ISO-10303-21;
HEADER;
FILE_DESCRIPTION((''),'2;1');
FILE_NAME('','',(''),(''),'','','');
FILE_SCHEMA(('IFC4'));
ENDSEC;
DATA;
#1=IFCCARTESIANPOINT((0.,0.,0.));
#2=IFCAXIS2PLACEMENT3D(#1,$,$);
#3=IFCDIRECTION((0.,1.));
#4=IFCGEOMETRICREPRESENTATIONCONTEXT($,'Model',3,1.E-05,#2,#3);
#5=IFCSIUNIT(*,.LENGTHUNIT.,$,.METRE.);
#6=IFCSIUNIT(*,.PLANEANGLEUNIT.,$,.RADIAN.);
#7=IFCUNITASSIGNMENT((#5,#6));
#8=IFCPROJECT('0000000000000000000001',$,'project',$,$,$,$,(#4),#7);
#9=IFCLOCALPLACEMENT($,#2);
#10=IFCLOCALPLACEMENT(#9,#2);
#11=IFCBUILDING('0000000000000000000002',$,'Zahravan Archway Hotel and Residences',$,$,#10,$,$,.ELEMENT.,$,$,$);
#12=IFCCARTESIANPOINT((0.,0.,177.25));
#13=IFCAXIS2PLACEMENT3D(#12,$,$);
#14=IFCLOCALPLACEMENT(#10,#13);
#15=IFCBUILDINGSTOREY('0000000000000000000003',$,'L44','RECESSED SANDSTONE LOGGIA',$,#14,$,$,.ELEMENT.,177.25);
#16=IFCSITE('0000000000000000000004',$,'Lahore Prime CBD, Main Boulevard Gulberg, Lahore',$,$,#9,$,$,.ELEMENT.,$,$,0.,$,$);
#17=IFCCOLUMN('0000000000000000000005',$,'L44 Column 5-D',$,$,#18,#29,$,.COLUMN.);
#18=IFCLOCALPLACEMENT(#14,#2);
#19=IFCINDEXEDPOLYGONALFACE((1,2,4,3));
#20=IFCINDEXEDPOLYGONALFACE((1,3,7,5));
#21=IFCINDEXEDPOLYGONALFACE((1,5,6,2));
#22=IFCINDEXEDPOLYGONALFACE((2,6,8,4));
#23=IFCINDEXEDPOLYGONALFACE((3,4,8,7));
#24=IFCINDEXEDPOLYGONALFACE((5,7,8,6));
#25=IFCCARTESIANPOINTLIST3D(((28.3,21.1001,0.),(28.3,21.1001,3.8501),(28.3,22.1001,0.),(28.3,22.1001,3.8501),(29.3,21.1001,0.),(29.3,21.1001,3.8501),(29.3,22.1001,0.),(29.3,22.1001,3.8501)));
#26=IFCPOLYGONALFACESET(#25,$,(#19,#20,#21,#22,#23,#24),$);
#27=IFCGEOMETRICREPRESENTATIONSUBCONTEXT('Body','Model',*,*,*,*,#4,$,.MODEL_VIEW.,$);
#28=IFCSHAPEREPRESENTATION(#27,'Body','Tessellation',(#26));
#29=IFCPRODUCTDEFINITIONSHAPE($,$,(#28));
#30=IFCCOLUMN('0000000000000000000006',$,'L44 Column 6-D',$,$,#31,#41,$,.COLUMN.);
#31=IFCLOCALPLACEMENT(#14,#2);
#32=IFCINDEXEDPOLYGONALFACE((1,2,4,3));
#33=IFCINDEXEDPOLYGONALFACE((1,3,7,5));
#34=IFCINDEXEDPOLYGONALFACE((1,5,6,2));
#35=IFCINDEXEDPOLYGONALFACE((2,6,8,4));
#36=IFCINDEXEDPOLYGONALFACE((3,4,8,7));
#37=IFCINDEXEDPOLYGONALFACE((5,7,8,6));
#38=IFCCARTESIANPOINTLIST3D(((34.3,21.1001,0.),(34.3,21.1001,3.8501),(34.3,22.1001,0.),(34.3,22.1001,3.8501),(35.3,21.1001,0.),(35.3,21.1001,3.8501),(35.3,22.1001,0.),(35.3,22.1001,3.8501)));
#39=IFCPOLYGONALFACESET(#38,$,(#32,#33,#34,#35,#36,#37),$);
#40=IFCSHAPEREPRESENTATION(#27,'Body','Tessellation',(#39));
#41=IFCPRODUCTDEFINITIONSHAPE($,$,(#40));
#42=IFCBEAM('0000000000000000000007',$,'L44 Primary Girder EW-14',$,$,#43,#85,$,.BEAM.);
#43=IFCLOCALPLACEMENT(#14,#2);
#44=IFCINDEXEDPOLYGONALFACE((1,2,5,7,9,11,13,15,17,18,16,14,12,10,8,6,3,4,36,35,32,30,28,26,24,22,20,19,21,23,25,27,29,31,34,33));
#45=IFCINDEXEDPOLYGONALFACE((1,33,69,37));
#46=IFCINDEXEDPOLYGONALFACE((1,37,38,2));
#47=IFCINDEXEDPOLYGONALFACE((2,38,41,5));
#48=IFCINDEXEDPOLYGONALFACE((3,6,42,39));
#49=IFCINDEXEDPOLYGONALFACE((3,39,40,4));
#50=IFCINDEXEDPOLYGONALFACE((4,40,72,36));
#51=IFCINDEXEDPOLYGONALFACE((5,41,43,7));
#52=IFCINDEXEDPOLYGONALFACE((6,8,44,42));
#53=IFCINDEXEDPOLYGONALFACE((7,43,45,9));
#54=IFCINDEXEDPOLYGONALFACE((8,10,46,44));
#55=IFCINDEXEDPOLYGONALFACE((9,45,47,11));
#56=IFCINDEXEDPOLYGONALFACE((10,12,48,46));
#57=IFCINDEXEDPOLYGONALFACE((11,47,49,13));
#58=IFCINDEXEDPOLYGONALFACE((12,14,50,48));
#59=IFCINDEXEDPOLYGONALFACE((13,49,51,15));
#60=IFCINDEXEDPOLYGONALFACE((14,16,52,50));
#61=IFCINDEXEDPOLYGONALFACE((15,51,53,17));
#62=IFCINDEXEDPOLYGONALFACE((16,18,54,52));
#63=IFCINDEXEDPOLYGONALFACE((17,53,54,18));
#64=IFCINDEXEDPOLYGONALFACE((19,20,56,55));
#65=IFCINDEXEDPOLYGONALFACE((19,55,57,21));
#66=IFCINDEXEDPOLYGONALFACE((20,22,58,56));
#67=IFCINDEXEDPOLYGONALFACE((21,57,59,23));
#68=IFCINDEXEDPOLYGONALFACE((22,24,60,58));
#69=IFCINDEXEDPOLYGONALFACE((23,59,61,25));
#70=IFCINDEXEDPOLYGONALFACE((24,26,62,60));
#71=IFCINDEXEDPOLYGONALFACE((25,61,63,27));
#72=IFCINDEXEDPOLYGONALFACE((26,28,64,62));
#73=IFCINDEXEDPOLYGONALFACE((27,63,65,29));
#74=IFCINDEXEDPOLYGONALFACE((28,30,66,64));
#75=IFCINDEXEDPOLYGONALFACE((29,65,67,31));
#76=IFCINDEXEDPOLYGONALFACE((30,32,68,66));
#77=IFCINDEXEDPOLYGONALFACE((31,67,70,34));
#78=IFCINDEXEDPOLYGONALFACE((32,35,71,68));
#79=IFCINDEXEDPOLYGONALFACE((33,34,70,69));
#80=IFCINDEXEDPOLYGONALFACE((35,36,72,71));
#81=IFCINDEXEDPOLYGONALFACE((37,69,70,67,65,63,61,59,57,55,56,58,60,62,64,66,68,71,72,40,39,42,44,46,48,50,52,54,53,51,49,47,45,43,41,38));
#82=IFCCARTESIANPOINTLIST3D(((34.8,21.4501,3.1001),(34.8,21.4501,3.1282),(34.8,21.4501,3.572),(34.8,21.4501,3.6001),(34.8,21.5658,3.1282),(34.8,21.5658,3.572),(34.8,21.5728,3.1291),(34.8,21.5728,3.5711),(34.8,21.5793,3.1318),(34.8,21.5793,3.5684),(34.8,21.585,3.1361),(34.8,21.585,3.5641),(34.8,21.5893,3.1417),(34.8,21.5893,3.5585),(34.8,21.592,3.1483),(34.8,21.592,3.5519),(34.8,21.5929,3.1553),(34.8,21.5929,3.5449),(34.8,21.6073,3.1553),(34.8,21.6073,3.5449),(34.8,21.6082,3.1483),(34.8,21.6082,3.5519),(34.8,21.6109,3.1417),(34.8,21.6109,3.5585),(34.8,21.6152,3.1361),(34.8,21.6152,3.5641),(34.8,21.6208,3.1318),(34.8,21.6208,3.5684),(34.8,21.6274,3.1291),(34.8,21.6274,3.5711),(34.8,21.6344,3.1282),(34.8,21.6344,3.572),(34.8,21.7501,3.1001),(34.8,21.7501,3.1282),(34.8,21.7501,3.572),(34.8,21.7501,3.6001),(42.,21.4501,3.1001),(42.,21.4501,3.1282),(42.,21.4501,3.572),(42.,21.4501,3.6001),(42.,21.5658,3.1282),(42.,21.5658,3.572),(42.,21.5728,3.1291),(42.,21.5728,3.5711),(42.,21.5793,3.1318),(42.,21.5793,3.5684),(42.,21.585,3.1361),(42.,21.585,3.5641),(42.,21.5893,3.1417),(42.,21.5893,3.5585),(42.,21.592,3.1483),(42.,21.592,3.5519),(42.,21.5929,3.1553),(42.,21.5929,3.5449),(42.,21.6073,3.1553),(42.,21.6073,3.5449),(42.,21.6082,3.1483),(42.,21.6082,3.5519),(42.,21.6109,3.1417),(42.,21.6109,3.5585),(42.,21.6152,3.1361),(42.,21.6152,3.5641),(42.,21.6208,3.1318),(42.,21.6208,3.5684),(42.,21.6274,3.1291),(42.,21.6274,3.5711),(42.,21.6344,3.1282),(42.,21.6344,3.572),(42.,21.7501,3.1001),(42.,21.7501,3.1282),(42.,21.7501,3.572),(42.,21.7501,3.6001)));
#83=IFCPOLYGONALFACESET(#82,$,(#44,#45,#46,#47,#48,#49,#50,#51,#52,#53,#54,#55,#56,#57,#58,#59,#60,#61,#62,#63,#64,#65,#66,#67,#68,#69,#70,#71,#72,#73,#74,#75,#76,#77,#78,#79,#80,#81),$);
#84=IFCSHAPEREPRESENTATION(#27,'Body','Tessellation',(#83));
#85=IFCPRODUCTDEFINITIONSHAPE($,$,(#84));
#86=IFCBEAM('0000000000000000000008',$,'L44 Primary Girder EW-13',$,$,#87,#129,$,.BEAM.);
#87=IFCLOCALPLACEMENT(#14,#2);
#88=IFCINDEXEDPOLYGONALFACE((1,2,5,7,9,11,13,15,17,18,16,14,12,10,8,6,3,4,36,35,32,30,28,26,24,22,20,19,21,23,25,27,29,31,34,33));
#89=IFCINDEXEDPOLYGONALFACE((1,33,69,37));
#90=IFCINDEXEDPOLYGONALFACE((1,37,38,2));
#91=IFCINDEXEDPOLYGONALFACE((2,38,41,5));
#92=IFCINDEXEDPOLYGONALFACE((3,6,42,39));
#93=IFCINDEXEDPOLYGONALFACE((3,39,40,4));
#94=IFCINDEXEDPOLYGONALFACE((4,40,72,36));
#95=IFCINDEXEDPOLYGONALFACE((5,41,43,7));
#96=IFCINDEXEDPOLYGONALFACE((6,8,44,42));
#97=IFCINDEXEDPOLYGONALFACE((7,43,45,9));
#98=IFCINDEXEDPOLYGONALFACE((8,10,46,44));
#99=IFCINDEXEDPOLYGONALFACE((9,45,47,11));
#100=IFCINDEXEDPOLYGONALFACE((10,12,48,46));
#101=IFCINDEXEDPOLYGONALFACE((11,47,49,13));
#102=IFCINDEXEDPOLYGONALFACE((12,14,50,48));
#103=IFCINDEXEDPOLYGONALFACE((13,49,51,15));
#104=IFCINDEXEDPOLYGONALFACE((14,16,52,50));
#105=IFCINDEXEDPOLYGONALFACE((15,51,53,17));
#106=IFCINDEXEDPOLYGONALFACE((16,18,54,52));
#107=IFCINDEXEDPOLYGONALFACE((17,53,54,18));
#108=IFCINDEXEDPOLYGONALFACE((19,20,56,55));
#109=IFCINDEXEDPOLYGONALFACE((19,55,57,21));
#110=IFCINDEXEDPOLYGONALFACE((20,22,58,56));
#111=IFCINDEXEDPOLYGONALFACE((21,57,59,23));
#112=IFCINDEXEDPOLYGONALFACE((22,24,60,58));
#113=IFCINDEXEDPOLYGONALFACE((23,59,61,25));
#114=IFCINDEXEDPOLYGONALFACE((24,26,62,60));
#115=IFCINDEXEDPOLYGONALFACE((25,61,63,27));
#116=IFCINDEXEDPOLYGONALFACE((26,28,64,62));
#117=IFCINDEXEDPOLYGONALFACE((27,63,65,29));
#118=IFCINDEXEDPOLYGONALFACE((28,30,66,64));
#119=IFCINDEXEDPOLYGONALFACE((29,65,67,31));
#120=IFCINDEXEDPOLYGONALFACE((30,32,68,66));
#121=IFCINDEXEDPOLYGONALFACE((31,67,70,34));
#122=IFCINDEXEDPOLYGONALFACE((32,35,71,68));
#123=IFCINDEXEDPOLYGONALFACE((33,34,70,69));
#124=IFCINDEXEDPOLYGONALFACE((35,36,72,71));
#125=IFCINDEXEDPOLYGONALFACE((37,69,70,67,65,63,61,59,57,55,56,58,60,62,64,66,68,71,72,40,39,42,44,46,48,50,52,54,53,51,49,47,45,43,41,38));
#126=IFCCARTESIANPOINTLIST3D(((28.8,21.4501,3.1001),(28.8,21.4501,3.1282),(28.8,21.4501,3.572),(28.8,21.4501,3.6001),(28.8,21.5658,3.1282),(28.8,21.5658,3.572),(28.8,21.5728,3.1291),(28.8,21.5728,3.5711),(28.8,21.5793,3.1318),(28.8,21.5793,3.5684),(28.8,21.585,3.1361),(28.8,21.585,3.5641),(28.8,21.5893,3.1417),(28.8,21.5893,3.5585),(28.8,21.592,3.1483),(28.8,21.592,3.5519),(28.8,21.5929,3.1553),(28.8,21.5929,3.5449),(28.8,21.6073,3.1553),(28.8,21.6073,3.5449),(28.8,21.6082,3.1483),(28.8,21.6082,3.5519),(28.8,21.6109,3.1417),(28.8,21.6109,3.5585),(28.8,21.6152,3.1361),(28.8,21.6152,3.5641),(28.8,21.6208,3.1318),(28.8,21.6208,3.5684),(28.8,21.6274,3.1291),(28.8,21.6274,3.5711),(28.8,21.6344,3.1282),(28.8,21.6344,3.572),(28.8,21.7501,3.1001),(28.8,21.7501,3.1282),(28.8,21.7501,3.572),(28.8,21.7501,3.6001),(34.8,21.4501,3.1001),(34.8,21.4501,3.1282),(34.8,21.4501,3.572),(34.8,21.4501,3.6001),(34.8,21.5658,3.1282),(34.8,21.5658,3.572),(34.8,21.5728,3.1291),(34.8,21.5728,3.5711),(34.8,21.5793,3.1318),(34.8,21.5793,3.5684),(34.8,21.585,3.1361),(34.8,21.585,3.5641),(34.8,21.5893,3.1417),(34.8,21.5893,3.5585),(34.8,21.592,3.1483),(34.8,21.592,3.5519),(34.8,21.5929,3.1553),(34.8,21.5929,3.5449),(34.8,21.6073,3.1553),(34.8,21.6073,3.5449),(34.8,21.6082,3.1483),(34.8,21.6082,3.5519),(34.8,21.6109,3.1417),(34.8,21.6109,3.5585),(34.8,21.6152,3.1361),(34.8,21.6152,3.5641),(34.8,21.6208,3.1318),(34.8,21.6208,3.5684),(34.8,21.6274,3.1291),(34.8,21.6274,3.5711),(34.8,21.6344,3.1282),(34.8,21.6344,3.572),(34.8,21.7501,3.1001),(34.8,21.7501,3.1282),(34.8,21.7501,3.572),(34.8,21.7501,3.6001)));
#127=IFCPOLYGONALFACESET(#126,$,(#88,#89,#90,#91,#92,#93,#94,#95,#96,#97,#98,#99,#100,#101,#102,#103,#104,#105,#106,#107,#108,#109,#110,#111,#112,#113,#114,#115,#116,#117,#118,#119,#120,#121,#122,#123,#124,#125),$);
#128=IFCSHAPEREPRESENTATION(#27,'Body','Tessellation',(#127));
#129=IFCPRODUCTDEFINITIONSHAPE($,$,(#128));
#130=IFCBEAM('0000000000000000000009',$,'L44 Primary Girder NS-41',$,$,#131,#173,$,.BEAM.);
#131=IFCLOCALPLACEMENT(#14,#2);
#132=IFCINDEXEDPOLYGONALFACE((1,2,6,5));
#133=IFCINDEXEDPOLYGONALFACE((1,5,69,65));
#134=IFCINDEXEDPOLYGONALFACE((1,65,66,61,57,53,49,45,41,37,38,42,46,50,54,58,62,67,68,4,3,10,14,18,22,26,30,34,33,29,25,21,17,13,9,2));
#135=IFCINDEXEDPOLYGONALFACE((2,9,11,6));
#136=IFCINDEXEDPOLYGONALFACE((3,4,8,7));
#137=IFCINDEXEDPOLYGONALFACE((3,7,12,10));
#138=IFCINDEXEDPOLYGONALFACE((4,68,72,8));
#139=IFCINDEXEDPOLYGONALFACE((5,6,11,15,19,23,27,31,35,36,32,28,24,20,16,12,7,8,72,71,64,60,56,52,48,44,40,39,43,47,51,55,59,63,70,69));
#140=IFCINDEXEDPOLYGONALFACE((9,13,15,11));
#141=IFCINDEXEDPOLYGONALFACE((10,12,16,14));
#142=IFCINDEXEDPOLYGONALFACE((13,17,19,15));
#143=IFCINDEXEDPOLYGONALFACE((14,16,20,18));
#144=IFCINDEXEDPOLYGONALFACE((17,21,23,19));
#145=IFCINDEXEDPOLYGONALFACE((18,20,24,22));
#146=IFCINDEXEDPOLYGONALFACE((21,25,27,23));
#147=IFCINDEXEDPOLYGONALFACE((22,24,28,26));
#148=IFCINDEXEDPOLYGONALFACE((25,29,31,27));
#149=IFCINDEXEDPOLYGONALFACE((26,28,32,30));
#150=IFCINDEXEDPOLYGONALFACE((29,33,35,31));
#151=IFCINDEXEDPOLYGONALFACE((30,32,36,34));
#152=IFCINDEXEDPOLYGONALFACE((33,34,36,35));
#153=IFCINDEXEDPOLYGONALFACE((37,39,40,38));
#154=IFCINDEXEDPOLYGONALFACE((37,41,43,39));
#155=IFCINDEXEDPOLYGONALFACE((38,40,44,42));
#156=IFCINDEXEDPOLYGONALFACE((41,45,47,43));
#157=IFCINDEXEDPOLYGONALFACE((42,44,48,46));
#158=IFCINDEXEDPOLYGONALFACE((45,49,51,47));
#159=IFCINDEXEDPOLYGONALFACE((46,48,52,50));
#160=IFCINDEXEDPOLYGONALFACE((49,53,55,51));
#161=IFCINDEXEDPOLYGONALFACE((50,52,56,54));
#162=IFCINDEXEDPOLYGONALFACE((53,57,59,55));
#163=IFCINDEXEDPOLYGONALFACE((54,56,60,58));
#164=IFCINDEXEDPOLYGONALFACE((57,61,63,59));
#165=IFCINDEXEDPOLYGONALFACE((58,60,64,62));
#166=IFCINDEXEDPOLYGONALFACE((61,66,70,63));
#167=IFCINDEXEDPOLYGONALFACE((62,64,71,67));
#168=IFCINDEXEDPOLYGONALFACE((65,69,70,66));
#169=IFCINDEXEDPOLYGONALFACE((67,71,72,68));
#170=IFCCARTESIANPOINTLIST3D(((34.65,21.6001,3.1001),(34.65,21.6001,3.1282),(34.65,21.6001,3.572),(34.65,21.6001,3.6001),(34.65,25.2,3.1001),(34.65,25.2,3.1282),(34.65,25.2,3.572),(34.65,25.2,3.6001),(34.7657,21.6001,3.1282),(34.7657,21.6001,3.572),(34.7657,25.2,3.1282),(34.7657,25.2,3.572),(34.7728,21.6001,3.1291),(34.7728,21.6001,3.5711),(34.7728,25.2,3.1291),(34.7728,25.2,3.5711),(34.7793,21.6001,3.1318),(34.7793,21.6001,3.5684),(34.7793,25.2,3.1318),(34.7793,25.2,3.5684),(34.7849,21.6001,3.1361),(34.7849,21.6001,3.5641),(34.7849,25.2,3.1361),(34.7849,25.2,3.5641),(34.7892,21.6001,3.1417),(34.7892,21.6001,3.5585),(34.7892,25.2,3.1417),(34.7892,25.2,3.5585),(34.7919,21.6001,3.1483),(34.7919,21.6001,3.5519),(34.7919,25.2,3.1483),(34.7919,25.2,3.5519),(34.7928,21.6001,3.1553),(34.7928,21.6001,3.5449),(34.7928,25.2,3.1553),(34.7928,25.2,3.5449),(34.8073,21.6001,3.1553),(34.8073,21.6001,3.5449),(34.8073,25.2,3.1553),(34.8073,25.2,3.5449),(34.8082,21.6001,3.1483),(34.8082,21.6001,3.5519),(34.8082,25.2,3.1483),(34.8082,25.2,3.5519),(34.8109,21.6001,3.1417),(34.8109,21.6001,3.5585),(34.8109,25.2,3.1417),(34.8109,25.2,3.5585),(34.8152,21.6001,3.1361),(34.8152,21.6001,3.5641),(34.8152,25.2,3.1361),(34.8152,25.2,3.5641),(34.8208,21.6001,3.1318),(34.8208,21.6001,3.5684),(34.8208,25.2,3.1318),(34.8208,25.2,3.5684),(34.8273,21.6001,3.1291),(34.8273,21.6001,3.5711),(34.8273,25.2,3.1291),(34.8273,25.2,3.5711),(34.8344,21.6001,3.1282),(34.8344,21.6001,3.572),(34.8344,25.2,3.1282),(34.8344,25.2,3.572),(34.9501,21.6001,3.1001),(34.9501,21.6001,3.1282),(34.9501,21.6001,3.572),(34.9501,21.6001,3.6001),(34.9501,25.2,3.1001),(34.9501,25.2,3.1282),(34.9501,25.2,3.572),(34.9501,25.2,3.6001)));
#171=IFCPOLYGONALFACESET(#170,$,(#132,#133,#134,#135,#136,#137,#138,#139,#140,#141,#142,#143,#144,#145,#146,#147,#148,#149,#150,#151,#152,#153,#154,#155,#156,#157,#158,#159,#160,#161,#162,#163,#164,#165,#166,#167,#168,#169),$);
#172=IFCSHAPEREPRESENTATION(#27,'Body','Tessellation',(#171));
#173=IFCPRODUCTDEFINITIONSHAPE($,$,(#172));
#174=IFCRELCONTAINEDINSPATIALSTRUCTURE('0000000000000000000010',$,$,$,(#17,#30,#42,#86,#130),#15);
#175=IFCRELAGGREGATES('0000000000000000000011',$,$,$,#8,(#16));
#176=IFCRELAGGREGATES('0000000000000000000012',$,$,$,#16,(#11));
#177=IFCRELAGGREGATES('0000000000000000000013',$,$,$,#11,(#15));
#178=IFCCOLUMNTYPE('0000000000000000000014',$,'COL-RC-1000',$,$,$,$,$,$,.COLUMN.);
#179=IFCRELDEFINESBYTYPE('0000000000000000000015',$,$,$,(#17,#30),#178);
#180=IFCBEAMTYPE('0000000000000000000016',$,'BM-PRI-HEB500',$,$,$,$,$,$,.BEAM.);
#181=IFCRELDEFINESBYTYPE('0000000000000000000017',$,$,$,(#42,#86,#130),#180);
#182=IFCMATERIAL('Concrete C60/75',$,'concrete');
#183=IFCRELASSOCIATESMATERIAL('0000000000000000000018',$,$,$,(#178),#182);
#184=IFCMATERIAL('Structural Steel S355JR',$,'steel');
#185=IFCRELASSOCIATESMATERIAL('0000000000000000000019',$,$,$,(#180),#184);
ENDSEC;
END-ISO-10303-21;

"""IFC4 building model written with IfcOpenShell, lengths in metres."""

from ifc_helpers import new_model, si_unit, direction, frame, origin, origin_2d, place, context, subcontext, project, spatial, rectangle, i_section, extrude, source, transform, mapped, material, material_profile, profile_set, type_object, element, save


model = new_model("IFC4")

# Units and contexts
model_context = context("Model", 3, precision=1e-05, world=origin(), true_north=direction((0.0, 1.0)))
body_context = subcontext(model_context, "Body", "Model", "MODEL_VIEW")
ifc_project = project(units=[si_unit("LENGTHUNIT", "METRE"), si_unit("PLANEANGLEUNIT", "RADIAN")], contexts=[model_context])

# Site, building, storey
site_placement = place(None, origin())
site = spatial("IfcSite", under=ifc_project, at=site_placement, Name="Lahore Prime CBD, Main Boulevard Gulberg, Lahore", CompositionType="ELEMENT", RefElevation=0.0)
building_placement = place(site_placement, origin())
building = spatial("IfcBuilding", under=site, at=building_placement, Name="Zahravan Archway Hotel and Residences", CompositionType="ELEMENT")
storey_placement = place(building_placement, frame((0.0, 0.0, 177.25)))
storey = spatial("IfcBuildingStorey", under=building, at=storey_placement, Name="L44", Description="RECESSED SANDSTONE LOGGIA", CompositionType="ELEMENT", Elevation=177.25)

# Columns
ifc_material_1 = material(Name="Concrete C60/75", Category="concrete")
ifc_material_profile_1 = material_profile(ifc_material_1, rectangle(XDim=1.0, YDim=1.0, at=origin_2d()), Name="RC-COL-1000x1000", Category="concrete")
ifc_profile_set_1 = profile_set([ifc_material_profile_1], Name="Concrete C60/75")
column_type = type_object("IfcColumnType", Name="COL-RC-1000", PredefinedType="COLUMN", material=ifc_profile_set_1)
shared_shape_1 = source(origin(), body_context, "Body", "SweptSolid", [
    extrude(rectangle(XDim=1.0, YDim=1.0, at=origin_2d()), origin(), (0.0, 0.0, 1.0), 3.8501),
])
for number, where, z_axis, x_axis, name in (
    (1, (28.8, 21.6001, 0.0), (0.0, 0.0, 1.0), (1.0, 0.0, 0.0), "L44 Column 5-D"),
    (2, (34.8, 21.6001, 0.0), (0.0, 0.0, 1.0), (1.0, 0.0, 0.0), "L44 Column 6-D"),
):
    element("IfcColumn", number, at=place(storey_placement, frame(where, z_axis=z_axis, x_axis=x_axis)), inside=storey, type_object=column_type, Name=name, PredefinedType="COLUMN", context=body_context, shape_type="MappedRepresentation", body=[
        mapped(shared_shape_1, transform((0.0, 0.0, 0.0), scale=1.0)),
    ])

# Beams
ifc_material_2 = material(Name="Structural Steel S355JR", Category="steel")
ifc_material_profile_2 = material_profile(ifc_material_2, i_section(OverallWidth=0.3, OverallDepth=0.5, WebThickness=0.0144, FlangeThickness=0.0281, FilletRadius=0.0271, at=origin_2d()), Name="HEB 500", Category="steel")
ifc_profile_set_2 = profile_set([ifc_material_profile_2], Name="Structural Steel S355JR")
beam_type = type_object("IfcBeamType", Name="BM-PRI-HEB500", PredefinedType="BEAM", material=ifc_profile_set_2)
shared_shape_2 = source(origin(), body_context, "Body", "SweptSolid", [
    extrude(i_section(OverallWidth=0.3, OverallDepth=0.5, WebThickness=0.0144, FlangeThickness=0.0281, FilletRadius=0.0271, at=origin_2d()), origin(), (0.0, 0.0, 1.0), 7.2),
])
beam_1_placement = place(storey_placement, frame((34.8, 21.6001, 3.3501), z_axis=(1.0, 0.0, 0.0), x_axis=(0.0, 1.0, 0.0)))
element("IfcBeam", 3, at=beam_1_placement, inside=storey, type_object=beam_type, Name="L44 Primary Girder EW-14", PredefinedType="BEAM", context=body_context, shape_type="MappedRepresentation", body=[
    mapped(shared_shape_2, transform((0.0, 0.0, 0.0), scale=1.0)),
])
shared_shape_3 = source(origin(), body_context, "Body", "SweptSolid", [
    extrude(i_section(OverallWidth=0.3, OverallDepth=0.5, WebThickness=0.0144, FlangeThickness=0.0281, FilletRadius=0.0271, at=origin_2d()), origin(), (0.0, 0.0, 1.0), 6.0),
])
beam_2_placement = place(storey_placement, frame((28.8, 21.6001, 3.3501), z_axis=(1.0, 0.0, 0.0), x_axis=(0.0, 1.0, 0.0)))
element("IfcBeam", 4, at=beam_2_placement, inside=storey, type_object=beam_type, Name="L44 Primary Girder EW-13", PredefinedType="BEAM", context=body_context, shape_type="MappedRepresentation", body=[
    mapped(shared_shape_3, transform((0.0, 0.0, 0.0), scale=1.0)),
])
shared_shape_4 = source(origin(), body_context, "Body", "SweptSolid", [
    extrude(i_section(OverallWidth=0.3, OverallDepth=0.5, WebThickness=0.0144, FlangeThickness=0.0281, FilletRadius=0.0271, at=origin_2d()), origin(), (0.0, 0.0, 1.0), 3.5999),
])
beam_3_placement = place(storey_placement, frame((34.8, 21.6001, 3.3501), z_axis=(0.0, 1.0, 0.0), x_axis=(-1.0, 0.0, 0.0)))
element("IfcBeam", 5, at=beam_3_placement, inside=storey, type_object=beam_type, Name="L44 Primary Girder NS-41", PredefinedType="BEAM", context=body_context, shape_type="MappedRepresentation", body=[
    mapped(shared_shape_4, transform((0.0, 0.0, 0.0), scale=1.0)),
])

save(model, "model.ifc")
